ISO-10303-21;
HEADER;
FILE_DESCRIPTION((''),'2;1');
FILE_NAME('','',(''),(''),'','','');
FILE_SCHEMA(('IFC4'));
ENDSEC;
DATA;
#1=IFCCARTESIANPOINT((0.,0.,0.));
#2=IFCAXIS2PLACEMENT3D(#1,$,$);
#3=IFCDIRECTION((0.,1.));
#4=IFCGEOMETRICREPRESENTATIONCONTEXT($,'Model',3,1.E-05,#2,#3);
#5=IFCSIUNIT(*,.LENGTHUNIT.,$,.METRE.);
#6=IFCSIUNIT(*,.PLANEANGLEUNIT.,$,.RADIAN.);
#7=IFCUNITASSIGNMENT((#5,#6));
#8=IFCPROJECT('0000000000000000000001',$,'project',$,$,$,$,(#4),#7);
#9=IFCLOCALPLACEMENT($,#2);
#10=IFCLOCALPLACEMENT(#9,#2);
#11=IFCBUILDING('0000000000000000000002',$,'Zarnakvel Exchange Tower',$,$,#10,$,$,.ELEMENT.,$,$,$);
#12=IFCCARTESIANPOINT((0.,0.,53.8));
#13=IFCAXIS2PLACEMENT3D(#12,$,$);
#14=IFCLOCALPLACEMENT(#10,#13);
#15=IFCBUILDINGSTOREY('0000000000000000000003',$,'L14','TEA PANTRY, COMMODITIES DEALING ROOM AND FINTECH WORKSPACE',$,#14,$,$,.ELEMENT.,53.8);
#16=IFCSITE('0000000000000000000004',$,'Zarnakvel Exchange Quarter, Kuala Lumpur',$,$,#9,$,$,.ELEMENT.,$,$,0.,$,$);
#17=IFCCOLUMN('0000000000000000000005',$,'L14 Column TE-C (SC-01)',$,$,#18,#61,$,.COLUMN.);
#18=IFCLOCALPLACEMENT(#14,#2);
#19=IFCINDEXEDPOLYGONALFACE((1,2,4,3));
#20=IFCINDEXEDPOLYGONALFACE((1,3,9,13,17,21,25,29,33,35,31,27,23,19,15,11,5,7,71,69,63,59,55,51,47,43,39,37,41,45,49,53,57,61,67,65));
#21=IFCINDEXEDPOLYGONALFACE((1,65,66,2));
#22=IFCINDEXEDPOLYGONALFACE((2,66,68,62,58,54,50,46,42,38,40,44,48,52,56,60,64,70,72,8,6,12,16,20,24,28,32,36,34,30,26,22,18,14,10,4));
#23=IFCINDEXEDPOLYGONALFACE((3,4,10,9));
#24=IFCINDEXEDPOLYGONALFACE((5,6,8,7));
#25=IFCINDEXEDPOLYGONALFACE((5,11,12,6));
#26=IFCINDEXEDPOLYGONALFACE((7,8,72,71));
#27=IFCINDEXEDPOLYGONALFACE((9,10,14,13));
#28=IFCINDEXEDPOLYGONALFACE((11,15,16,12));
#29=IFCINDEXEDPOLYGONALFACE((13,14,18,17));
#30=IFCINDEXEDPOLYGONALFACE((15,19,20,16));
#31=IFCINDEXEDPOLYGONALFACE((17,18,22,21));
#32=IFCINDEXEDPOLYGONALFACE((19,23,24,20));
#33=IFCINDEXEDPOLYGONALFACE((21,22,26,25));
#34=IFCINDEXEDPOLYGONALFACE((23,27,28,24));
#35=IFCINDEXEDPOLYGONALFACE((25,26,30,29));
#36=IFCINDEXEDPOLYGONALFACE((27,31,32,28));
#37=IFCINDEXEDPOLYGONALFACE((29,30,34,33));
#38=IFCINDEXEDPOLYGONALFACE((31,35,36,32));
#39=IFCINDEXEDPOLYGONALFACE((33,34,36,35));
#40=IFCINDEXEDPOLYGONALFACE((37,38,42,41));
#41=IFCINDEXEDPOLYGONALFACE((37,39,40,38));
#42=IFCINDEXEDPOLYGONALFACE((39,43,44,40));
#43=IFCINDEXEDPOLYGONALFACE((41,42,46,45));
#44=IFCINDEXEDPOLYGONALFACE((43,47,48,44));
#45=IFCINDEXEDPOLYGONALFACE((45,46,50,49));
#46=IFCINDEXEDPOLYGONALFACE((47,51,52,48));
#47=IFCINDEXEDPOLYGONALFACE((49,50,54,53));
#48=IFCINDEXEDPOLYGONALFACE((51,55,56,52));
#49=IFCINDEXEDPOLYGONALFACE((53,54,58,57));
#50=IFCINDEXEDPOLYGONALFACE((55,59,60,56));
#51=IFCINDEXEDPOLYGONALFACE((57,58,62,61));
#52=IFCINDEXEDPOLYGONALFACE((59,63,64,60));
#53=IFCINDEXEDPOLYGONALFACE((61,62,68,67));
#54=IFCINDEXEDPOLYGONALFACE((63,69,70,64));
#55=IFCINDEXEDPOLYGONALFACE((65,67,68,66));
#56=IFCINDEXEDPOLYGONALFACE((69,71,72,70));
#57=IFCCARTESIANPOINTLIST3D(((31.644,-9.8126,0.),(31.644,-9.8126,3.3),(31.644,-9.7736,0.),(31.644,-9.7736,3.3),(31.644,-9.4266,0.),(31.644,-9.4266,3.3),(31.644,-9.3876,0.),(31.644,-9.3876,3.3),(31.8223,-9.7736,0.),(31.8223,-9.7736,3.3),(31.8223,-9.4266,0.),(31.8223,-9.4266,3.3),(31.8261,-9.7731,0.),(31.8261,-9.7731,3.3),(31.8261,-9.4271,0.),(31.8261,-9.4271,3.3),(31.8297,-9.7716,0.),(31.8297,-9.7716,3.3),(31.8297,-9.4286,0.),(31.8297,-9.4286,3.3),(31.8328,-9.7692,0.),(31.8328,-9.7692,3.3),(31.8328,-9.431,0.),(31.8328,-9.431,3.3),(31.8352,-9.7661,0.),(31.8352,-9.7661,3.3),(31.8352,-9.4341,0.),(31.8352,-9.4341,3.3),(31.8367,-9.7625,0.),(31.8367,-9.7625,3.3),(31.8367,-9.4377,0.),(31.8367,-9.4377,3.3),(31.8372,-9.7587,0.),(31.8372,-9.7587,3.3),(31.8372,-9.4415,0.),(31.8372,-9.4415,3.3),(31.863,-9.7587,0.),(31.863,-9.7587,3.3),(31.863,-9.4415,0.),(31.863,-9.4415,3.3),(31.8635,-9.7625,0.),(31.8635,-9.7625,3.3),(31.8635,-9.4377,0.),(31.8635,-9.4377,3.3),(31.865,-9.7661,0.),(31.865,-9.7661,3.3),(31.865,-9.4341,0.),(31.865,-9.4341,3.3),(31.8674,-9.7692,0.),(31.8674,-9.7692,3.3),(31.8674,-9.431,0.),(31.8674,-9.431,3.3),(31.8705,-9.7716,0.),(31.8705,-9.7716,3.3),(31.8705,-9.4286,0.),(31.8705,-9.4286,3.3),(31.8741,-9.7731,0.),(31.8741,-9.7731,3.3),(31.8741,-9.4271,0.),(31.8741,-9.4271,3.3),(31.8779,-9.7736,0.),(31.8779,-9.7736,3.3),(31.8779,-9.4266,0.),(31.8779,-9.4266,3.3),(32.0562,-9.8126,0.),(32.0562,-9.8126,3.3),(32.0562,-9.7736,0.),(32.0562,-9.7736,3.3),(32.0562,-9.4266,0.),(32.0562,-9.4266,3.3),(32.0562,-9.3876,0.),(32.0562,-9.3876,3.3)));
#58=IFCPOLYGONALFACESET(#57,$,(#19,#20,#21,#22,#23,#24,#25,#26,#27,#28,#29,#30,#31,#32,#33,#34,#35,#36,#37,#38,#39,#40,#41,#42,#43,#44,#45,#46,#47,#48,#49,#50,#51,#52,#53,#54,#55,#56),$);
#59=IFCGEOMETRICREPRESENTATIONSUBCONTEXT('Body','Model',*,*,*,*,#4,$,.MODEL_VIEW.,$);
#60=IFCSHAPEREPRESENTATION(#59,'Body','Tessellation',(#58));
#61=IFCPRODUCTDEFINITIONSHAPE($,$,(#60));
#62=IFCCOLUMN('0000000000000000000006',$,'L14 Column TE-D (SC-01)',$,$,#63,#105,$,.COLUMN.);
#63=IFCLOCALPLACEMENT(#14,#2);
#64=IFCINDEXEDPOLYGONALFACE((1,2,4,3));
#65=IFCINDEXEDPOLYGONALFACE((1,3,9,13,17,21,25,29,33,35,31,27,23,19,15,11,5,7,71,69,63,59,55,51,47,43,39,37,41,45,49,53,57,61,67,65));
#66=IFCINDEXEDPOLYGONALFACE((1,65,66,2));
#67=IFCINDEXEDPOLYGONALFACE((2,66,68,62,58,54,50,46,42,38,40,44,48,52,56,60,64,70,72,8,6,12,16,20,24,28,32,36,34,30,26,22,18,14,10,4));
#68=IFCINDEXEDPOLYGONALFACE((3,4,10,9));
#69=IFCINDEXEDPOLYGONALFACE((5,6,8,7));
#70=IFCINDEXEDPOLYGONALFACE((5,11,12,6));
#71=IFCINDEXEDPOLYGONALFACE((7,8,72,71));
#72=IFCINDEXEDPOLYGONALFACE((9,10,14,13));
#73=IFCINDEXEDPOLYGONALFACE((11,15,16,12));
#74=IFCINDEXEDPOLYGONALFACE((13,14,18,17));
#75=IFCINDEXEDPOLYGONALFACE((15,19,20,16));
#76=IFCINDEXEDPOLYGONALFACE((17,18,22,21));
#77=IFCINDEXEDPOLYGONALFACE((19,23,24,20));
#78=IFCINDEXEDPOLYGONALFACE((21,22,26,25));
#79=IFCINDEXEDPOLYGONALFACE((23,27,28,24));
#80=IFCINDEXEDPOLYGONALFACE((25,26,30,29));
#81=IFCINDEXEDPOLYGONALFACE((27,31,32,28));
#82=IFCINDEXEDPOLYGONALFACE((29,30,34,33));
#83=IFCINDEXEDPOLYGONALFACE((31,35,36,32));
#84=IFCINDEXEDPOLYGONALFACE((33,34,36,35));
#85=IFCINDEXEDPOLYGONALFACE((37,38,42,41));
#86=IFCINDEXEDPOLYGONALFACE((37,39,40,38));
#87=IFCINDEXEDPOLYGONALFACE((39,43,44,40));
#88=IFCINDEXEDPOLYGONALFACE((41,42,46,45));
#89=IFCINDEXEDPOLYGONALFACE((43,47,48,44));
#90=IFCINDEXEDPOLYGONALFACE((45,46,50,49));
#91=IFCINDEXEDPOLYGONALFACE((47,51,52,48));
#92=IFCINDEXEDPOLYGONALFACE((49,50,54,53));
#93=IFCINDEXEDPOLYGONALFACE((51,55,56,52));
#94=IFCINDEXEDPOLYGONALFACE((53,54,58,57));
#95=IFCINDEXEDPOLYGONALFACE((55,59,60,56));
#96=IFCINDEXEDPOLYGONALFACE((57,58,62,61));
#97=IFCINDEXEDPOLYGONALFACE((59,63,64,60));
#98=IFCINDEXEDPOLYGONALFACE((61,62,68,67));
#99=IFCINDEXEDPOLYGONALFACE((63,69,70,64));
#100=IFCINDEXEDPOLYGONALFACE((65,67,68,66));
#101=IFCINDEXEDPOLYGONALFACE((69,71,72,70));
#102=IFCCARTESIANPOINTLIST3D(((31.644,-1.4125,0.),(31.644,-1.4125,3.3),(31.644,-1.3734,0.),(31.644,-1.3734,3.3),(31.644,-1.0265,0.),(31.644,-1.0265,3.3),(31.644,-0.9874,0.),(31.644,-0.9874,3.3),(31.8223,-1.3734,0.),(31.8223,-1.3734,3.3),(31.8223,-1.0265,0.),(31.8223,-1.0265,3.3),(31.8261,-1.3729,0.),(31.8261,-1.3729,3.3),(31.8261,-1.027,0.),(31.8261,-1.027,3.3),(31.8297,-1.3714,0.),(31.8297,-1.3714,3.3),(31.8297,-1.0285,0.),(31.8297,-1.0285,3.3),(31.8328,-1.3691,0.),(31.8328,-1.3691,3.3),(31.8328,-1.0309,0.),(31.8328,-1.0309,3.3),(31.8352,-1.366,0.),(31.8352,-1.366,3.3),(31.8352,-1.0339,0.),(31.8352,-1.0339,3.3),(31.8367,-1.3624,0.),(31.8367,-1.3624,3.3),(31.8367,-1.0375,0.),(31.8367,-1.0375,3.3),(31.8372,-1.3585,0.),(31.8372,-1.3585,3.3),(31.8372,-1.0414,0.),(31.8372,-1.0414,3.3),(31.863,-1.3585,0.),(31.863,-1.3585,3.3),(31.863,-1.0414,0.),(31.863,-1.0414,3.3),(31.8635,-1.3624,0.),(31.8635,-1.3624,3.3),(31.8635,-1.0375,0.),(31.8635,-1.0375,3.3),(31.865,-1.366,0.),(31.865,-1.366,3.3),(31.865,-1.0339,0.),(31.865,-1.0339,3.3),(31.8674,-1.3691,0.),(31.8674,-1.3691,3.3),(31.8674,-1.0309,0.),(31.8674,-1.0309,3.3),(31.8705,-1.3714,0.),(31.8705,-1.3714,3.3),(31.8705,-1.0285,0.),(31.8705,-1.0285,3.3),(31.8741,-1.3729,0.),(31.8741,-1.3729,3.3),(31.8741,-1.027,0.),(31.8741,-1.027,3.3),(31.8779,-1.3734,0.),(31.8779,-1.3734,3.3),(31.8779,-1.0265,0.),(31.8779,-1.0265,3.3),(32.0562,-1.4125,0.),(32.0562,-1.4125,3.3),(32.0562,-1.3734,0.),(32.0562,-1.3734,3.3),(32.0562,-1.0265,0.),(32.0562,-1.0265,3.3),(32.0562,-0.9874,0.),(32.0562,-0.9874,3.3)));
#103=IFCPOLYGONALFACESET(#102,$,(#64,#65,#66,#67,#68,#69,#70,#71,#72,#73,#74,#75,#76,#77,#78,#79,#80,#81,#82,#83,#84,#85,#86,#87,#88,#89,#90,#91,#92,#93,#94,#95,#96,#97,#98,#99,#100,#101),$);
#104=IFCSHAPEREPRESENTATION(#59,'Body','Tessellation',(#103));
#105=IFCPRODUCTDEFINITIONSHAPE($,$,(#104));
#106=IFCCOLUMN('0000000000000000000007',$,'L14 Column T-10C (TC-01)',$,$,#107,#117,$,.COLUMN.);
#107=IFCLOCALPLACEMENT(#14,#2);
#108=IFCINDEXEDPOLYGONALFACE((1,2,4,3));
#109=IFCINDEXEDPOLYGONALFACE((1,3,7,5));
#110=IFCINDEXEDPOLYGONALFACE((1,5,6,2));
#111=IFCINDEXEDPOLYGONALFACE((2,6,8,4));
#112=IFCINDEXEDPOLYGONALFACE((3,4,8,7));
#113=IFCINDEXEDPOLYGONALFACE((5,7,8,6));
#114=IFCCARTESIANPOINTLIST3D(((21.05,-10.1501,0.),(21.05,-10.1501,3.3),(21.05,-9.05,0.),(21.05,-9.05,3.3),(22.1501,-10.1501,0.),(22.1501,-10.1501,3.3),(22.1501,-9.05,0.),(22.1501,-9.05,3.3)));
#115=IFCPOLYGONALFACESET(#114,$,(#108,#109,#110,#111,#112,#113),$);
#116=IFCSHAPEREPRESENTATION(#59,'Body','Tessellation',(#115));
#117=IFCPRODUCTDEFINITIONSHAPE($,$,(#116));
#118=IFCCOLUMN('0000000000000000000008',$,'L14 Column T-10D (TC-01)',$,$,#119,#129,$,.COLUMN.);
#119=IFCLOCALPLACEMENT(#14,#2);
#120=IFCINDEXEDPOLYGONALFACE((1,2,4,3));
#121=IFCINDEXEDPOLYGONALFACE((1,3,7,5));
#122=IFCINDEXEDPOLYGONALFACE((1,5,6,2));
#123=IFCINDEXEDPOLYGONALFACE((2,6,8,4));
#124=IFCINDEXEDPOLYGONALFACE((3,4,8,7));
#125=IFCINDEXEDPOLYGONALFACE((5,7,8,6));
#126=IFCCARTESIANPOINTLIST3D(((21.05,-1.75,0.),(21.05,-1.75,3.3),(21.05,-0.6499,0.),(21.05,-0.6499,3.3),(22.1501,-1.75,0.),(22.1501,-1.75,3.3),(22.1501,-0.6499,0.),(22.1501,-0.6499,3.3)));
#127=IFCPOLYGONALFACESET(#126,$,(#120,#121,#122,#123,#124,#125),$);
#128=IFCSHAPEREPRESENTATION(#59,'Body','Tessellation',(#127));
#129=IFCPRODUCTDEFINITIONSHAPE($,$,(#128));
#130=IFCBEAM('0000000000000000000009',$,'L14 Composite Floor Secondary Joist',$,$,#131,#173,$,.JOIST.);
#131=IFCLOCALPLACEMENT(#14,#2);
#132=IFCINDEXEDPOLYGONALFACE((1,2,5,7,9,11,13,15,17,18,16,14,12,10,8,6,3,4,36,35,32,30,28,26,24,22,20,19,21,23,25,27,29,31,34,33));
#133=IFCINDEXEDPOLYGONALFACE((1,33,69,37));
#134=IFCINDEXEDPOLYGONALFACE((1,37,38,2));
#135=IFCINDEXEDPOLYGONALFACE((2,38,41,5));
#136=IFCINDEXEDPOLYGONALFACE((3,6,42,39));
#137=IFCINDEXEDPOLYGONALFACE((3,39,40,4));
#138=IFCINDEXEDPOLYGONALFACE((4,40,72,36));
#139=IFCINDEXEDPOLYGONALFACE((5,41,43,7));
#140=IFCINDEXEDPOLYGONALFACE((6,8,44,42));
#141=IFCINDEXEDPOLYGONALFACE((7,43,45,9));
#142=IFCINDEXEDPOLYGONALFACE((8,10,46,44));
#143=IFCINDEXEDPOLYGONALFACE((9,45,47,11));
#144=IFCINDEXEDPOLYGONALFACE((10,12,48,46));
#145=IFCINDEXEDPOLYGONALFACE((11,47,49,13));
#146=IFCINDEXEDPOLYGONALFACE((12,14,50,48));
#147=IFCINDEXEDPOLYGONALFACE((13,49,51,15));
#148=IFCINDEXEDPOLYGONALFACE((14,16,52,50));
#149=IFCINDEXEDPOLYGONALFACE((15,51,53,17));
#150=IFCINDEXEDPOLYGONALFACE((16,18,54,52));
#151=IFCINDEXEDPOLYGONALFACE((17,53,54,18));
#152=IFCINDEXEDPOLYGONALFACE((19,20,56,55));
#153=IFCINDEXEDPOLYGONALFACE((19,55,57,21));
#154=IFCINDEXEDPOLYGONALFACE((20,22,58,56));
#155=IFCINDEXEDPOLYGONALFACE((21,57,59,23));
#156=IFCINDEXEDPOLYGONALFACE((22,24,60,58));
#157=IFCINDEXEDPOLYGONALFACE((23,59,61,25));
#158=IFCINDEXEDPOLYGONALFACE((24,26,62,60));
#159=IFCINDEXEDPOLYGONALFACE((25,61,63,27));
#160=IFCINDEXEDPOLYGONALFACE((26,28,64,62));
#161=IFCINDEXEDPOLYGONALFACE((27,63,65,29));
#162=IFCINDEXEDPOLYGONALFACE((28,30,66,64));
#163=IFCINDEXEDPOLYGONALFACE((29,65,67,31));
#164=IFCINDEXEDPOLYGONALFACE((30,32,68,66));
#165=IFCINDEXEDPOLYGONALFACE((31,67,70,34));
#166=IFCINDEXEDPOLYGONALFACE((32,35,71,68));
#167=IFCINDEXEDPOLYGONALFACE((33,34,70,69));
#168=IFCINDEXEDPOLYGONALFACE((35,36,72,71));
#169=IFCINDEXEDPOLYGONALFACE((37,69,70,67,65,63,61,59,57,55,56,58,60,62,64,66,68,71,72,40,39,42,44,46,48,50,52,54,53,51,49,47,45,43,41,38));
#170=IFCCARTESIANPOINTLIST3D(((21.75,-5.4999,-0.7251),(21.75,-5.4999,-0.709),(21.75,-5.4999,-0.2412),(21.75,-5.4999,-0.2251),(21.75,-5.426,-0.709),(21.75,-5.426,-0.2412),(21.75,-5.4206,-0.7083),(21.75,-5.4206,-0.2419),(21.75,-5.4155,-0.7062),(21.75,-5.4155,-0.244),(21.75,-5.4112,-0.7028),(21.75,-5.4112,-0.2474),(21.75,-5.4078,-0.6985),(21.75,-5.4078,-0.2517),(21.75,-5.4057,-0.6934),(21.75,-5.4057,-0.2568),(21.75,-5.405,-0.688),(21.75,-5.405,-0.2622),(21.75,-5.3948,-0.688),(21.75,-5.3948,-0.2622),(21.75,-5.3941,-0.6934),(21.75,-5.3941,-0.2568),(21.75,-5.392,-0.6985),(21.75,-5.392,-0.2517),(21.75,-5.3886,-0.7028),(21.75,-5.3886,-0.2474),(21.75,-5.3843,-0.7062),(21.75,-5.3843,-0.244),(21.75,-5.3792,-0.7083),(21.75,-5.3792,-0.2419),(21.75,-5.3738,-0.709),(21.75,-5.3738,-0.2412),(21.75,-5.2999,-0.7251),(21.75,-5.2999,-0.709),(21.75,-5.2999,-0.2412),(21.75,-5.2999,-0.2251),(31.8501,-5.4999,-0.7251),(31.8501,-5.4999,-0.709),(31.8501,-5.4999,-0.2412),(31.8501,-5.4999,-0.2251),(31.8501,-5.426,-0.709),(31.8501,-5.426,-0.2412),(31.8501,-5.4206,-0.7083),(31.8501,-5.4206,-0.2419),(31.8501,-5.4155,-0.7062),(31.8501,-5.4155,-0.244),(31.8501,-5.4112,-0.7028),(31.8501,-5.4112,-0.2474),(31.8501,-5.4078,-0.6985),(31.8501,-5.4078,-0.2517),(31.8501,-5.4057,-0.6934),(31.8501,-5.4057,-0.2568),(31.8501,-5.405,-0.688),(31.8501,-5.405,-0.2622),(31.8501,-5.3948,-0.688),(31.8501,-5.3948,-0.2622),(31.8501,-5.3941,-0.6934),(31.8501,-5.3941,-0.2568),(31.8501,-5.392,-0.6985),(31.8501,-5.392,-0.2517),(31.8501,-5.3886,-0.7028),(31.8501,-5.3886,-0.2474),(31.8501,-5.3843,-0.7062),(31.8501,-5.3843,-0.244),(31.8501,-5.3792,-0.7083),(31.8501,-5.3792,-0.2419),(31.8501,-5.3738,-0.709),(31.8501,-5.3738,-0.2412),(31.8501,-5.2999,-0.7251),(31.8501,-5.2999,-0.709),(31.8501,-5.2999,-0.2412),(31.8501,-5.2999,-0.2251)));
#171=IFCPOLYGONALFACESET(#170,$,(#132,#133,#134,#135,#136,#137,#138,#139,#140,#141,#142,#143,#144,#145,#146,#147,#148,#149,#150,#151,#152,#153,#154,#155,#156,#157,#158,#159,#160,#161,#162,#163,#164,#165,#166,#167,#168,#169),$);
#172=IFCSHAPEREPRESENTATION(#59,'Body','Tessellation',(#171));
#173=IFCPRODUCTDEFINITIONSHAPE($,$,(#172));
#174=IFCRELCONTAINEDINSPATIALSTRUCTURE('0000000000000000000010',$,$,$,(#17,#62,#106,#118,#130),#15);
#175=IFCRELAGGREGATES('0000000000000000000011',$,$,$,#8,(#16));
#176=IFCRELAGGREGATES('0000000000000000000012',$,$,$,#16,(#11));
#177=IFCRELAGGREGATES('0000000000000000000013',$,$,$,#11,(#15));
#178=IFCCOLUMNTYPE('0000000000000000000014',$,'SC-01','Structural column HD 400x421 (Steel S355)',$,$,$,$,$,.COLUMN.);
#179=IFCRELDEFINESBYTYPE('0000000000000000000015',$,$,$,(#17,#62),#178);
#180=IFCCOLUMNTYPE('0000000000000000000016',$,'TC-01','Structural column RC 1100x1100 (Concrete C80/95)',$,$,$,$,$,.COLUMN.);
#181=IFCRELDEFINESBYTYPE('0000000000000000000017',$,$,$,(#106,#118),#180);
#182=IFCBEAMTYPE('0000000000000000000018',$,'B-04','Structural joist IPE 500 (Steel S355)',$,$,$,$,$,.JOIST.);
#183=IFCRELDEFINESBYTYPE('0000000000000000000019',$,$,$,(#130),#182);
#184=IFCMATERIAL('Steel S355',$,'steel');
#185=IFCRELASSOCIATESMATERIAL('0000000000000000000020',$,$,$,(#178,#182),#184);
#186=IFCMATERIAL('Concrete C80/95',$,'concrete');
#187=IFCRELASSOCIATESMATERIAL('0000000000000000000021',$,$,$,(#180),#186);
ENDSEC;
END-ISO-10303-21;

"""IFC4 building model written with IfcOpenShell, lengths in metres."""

from ifc_helpers import new_model, si_unit, direction, frame, origin, origin_2d, place, context, subcontext, project, spatial, rectangle, i_section, extrude, material, material_profile, profile_set, type_object, element, save


model = new_model("IFC4")

# Units and contexts
model_context = context("Model", 3, precision=1e-05, world=origin(), true_north=direction((0.0, 1.0)))
body_context = subcontext(model_context, "Body", "Model", "MODEL_VIEW")
ifc_project = project(units=[si_unit("LENGTHUNIT", "METRE"), si_unit("PLANEANGLEUNIT", "RADIAN")], contexts=[model_context])

# Site, building, storey
site_placement = place(None, origin())
site = spatial("IfcSite", under=ifc_project, at=site_placement, Name="Zarnakvel Exchange Quarter, Kuala Lumpur", CompositionType="ELEMENT", RefElevation=0.0)
building_placement = place(site_placement, origin())
building = spatial("IfcBuilding", under=site, at=building_placement, Name="Zarnakvel Exchange Tower", CompositionType="ELEMENT")
storey_placement = place(building_placement, frame((0.0, 0.0, 53.8)))
storey = spatial("IfcBuildingStorey", under=building, at=storey_placement, Name="L14", Description="TEA PANTRY, COMMODITIES DEALING ROOM AND FINTECH WORKSPACE", CompositionType="ELEMENT", Elevation=53.8)

# Columns
ifc_material_1 = material(Name="Steel S355", Category="steel")
ifc_material_profile_1 = material_profile(ifc_material_1, i_section(OverallWidth=0.4121, OverallDepth=0.425, WebThickness=0.0259, FlangeThickness=0.0391, FilletRadius=0.0149, at=origin_2d()))
ifc_profile_set_1 = profile_set([ifc_material_profile_1], Name="Steel S355")
column_type_1 = type_object("IfcColumnType", Name="SC-01", Description="Structural column HD 400x421 (Steel S355)", PredefinedType="COLUMN", material=ifc_profile_set_1)
for number, where, z_axis, x_axis, name in (
    (1, (31.8501, -9.6001, 0.0), (0.0, 0.0, 1.0), (1.0, 0.0, 0.0), "L14 Column TE-C (SC-01)"),
    (2, (31.8501, -1.2, 0.0), (0.0, 0.0, 1.0), (1.0, 0.0, 0.0), "L14 Column TE-D (SC-01)"),
):
    element("IfcColumn", number, at=place(storey_placement, frame(where, z_axis=z_axis, x_axis=x_axis)), inside=storey, type_object=column_type_1, Name=name, PredefinedType="COLUMN", context=body_context, shape_type="SweptSolid", body=[
        extrude(i_section(OverallWidth=0.4121, OverallDepth=0.425, WebThickness=0.0259, FlangeThickness=0.0391, FilletRadius=0.0149, at=origin_2d()), origin(), (0.0, 0.0, 1.0), 3.3),
    ])
ifc_material_2 = material(Name="Concrete C80/95", Category="concrete")
ifc_material_profile_2 = material_profile(ifc_material_2, rectangle(XDim=1.1001, YDim=1.1001, at=origin_2d()))
ifc_profile_set_2 = profile_set([ifc_material_profile_2], Name="Concrete C80/95")
column_type_2 = type_object("IfcColumnType", Name="TC-01", Description="Structural column RC 1100x1100 (Concrete C80/95)", PredefinedType="COLUMN", material=ifc_profile_set_2)
for number, where, z_axis, x_axis, name in (
    (3, (21.6001, -9.6001, 0.0), (0.0, 0.0, 1.0), (1.0, 0.0, 0.0), "L14 Column T-10C (TC-01)"),
    (4, (21.6001, -1.2, 0.0), (0.0, 0.0, 1.0), (1.0, 0.0, 0.0), "L14 Column T-10D (TC-01)"),
):
    element("IfcColumn", number, at=place(storey_placement, frame(where, z_axis=z_axis, x_axis=x_axis)), inside=storey, type_object=column_type_2, Name=name, PredefinedType="COLUMN", context=body_context, shape_type="SweptSolid", body=[
        extrude(rectangle(XDim=1.1001, YDim=1.1001, at=origin_2d()), origin(), (0.0, 0.0, 1.0), 3.3),
    ])

# Beam
ifc_material_profile_3 = material_profile(ifc_material_1, i_section(OverallWidth=0.2, OverallDepth=0.5, WebThickness=0.0103, FlangeThickness=0.0161, FilletRadius=0.021, at=origin_2d()))
ifc_profile_set_3 = profile_set([ifc_material_profile_3], Name="Steel S355")
beam_type_1 = type_object("IfcBeamType", Name="B-04", Description="Structural joist IPE 500 (Steel S355)", PredefinedType="JOIST", material=ifc_profile_set_3)
beam_1_placement = place(storey_placement, frame((21.75, -5.3999, -0.4751), z_axis=(1.0, 0.0, 0.0), x_axis=(0.0, 1.0, 0.0)))
element("IfcBeam", 5, at=beam_1_placement, inside=storey, type_object=beam_type_1, Name="L14 Composite Floor Secondary Joist", PredefinedType="JOIST", context=body_context, shape_type="SweptSolid", body=[
    extrude(i_section(OverallWidth=0.2, OverallDepth=0.5, WebThickness=0.0103, FlangeThickness=0.0161, FilletRadius=0.021, at=origin_2d()), origin(), (0.0, 0.0, 1.0), 10.1001),
])

save(model, "model.ifc")
